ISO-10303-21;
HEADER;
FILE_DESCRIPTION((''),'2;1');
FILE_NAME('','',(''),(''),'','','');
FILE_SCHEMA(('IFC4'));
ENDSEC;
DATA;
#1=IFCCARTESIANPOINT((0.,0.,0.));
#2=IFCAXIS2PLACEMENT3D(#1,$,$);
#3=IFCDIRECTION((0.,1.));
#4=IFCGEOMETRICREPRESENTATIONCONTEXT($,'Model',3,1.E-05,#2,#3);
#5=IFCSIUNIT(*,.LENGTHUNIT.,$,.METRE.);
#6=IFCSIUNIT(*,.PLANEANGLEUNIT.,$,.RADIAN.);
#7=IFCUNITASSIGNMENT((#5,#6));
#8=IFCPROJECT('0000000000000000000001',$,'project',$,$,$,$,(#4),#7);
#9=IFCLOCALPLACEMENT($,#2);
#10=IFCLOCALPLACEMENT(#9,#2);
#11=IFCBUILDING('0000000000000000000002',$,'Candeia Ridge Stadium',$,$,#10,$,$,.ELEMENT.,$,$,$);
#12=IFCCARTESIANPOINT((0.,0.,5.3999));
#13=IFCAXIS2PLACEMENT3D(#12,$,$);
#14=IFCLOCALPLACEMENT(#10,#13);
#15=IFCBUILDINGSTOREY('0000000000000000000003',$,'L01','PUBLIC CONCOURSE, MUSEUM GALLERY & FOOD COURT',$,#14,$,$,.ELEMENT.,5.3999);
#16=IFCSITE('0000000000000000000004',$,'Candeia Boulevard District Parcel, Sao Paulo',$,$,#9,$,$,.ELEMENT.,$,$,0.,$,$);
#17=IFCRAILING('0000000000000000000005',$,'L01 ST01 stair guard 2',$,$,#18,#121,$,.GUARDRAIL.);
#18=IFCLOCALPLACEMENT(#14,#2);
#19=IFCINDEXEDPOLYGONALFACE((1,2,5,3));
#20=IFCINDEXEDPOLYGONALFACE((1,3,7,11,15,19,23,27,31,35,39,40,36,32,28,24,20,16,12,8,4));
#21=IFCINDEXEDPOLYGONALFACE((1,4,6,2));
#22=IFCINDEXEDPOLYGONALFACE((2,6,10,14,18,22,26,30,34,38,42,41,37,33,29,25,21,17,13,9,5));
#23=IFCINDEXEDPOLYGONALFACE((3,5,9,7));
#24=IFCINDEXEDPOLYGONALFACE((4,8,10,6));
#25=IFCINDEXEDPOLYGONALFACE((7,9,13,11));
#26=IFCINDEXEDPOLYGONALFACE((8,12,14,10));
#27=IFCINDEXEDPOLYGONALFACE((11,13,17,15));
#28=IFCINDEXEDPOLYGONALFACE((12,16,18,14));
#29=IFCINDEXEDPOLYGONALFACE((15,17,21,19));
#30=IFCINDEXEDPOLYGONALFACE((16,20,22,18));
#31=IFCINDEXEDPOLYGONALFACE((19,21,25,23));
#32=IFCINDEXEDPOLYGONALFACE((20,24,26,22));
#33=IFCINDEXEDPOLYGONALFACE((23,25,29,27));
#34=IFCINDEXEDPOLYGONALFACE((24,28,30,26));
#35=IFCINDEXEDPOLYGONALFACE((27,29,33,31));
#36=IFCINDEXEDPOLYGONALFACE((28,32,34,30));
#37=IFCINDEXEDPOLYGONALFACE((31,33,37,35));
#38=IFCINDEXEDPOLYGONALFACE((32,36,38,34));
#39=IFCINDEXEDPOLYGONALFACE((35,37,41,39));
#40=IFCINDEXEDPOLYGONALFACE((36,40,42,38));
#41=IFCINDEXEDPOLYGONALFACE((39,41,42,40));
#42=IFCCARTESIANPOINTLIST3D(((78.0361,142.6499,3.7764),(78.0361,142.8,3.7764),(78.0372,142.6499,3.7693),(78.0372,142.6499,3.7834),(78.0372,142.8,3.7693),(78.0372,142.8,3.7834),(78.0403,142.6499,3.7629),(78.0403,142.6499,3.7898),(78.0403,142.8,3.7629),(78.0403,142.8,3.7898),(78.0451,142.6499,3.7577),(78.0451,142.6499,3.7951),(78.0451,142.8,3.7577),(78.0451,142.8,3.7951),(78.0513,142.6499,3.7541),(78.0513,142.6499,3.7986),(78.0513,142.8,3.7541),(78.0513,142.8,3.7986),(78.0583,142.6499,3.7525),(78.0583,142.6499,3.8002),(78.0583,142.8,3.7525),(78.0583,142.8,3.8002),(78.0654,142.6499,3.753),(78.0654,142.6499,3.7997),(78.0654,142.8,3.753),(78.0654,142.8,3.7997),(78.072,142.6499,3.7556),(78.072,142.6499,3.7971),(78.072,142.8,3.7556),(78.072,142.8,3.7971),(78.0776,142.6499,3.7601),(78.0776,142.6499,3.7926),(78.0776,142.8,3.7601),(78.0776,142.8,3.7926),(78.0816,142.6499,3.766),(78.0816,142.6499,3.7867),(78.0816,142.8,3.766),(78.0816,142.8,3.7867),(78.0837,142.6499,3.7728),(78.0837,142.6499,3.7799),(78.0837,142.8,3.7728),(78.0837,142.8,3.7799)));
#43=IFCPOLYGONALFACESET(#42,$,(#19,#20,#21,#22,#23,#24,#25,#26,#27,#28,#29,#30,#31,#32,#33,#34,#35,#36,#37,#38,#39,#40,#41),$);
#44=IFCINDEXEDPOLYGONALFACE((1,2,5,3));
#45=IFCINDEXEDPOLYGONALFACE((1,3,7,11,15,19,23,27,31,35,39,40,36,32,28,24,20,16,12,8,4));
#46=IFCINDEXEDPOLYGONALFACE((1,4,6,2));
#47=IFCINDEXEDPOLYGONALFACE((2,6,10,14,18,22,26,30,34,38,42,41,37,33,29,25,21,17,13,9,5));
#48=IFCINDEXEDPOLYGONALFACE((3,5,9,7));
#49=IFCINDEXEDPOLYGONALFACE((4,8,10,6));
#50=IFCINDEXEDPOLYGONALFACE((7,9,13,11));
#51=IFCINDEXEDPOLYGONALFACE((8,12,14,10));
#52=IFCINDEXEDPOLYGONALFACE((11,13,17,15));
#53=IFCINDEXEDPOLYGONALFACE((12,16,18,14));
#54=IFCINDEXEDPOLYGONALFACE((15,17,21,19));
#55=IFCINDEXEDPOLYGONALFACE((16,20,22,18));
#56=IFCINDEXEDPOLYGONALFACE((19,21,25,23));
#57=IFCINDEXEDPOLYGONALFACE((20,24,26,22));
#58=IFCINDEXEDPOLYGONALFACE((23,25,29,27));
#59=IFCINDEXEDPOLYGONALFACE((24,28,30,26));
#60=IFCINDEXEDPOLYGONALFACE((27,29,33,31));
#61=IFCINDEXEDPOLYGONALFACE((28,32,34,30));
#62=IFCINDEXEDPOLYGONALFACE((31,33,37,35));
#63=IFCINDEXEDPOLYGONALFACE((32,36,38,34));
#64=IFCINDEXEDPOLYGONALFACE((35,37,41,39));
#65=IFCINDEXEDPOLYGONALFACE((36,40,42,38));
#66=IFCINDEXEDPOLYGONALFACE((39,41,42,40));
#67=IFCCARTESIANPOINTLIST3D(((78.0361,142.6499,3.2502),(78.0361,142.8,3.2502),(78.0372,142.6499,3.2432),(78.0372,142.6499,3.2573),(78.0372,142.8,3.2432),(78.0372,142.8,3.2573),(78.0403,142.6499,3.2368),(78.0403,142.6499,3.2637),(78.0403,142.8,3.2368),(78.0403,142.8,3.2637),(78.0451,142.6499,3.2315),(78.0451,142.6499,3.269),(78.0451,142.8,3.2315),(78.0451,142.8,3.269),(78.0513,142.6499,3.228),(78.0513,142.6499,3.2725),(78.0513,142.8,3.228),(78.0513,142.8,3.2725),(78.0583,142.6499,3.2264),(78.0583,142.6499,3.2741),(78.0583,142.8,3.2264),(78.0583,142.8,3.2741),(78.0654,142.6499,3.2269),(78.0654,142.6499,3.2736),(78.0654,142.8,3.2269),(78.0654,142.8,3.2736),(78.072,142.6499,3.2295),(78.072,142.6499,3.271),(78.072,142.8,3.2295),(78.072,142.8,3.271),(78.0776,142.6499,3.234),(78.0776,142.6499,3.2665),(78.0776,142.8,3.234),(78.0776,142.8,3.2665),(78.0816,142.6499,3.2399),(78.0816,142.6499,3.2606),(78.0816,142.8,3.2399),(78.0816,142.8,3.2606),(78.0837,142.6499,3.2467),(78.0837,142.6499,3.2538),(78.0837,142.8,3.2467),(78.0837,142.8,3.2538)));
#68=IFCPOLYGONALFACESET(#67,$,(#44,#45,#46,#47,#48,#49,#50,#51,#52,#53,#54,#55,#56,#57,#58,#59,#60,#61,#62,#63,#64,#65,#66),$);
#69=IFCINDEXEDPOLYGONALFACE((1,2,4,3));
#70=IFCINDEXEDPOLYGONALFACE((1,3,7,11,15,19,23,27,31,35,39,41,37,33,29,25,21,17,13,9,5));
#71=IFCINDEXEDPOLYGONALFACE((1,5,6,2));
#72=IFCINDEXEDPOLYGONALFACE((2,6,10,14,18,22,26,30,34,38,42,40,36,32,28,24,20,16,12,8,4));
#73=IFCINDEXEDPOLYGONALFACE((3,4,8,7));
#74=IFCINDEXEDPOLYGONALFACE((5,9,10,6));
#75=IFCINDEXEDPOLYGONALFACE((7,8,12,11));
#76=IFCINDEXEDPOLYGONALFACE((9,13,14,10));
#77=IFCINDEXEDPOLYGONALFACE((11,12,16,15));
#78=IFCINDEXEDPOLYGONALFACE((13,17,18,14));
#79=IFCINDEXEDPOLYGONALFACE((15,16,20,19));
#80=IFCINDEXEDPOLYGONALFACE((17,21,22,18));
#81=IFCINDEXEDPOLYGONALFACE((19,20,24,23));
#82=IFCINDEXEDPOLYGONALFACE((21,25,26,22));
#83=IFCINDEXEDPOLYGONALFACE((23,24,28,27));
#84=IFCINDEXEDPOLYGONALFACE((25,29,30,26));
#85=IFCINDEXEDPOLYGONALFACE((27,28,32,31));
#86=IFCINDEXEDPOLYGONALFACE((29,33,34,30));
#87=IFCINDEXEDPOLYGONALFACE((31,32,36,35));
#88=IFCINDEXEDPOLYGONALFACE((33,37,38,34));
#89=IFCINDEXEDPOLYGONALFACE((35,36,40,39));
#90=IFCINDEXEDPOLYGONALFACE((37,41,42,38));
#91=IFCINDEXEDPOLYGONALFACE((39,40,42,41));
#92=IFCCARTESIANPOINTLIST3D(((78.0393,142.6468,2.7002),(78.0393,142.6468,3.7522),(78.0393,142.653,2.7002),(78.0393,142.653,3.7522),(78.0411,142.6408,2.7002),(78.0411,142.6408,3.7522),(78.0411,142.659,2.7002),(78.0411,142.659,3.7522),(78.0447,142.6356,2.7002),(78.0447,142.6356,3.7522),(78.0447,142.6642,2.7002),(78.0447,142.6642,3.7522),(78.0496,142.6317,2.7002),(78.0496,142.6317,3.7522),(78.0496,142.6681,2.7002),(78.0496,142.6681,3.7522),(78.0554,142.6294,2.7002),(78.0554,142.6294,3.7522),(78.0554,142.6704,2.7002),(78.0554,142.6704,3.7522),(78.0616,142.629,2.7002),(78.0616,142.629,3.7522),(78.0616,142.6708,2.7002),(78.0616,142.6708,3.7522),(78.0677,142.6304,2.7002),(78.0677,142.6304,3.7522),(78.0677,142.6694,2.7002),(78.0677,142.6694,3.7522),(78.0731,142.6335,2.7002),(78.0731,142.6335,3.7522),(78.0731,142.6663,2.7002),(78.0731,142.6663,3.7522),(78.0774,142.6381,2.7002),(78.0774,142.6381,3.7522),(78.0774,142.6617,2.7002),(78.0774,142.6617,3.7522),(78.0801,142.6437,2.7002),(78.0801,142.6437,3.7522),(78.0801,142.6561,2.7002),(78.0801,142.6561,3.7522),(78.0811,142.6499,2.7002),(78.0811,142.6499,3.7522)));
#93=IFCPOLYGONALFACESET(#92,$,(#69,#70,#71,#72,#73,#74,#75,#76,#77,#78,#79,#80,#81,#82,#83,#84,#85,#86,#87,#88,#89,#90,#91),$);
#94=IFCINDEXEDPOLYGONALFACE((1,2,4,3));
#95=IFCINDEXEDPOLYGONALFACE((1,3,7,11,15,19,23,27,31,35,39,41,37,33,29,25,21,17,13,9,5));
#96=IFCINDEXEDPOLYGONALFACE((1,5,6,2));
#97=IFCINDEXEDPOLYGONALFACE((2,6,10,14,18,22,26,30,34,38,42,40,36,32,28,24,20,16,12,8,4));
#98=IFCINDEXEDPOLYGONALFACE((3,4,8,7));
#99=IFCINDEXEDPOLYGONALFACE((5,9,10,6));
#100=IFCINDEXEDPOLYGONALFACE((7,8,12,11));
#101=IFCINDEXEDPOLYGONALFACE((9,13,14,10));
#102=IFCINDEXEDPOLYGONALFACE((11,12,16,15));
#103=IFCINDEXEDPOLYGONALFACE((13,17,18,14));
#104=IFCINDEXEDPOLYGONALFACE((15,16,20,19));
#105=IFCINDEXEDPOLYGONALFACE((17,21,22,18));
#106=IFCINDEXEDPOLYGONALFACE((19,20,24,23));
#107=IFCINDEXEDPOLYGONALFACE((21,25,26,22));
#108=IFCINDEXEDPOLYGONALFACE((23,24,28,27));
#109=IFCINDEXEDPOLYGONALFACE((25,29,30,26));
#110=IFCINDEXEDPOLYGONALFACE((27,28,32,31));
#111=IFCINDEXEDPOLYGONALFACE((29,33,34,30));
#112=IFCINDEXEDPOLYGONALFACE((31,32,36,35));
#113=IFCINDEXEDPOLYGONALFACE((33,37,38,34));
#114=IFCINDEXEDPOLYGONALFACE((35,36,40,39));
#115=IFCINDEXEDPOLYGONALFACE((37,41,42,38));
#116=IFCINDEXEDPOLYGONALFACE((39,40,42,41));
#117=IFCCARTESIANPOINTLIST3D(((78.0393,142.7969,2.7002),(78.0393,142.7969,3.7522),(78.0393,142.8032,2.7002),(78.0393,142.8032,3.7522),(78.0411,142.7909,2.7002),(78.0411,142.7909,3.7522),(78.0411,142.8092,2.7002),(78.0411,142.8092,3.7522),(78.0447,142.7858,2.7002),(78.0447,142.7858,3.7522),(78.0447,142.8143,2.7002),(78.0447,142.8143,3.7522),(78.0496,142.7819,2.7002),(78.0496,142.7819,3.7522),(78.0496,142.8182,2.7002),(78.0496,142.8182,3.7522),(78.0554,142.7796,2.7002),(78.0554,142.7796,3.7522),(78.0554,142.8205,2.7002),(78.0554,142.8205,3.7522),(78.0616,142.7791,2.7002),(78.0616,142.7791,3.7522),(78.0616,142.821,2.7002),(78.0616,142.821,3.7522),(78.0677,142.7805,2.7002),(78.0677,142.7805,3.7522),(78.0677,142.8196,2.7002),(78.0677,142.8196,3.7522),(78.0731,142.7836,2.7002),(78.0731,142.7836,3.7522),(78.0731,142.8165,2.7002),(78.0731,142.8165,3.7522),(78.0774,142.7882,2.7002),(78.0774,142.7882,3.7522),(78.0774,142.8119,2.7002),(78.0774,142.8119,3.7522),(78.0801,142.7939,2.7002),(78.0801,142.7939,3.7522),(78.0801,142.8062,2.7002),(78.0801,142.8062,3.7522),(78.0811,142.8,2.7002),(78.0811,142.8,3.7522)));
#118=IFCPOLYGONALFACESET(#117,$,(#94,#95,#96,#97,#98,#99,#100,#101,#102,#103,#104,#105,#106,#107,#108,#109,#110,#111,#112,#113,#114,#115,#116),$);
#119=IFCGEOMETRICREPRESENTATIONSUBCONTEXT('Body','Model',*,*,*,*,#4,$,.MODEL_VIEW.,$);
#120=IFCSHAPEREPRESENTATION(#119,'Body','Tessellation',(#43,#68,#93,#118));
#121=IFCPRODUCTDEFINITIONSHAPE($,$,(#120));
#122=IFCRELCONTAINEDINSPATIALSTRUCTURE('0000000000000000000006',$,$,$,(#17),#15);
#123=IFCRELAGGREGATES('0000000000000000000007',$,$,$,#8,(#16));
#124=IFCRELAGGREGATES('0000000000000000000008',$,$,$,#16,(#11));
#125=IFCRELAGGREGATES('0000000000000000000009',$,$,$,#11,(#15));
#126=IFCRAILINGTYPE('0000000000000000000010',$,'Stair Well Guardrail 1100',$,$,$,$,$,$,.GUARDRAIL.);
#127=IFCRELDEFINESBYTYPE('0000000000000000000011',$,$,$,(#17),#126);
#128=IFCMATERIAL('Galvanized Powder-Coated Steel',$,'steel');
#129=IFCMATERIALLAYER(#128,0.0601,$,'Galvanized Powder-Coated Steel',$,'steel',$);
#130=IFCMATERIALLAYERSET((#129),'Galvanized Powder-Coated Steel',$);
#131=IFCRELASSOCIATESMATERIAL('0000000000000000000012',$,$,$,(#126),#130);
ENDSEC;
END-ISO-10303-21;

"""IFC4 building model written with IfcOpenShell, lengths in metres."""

from ifc_helpers import new_model, si_unit, direction, frame, origin, origin_2d, place, context, subcontext, project, spatial, circle, extrude, material, layer, layer_set, type_object, element, save


model = new_model("IFC4")

# Units and contexts
model_context = context("Model", 3, precision=1e-05, world=origin(), true_north=direction((0.0, 1.0)))
body_context = subcontext(model_context, "Body", "Model", "MODEL_VIEW")
ifc_project = project(units=[si_unit("LENGTHUNIT", "METRE"), si_unit("PLANEANGLEUNIT", "RADIAN")], contexts=[model_context])

# Site, building, storey
site_placement = place(None, origin())
site = spatial("IfcSite", under=ifc_project, at=site_placement, Name="Candeia Boulevard District Parcel, Sao Paulo", CompositionType="ELEMENT", RefElevation=0.0)
building_placement = place(site_placement, origin())
building = spatial("IfcBuilding", under=site, at=building_placement, Name="Candeia Ridge Stadium", CompositionType="ELEMENT")
storey_placement = place(building_placement, frame((0.0, 0.0, 5.3999)))
storey = spatial("IfcBuildingStorey", under=building, at=storey_placement, Name="L01", Description="PUBLIC CONCOURSE, MUSEUM GALLERY & FOOD COURT", CompositionType="ELEMENT", Elevation=5.3999)

# Railing
ifc_material_1 = material(Name="Galvanized Powder-Coated Steel", Category="steel")
ifc_layer_1 = layer(ifc_material_1, 0.0601, Name="Galvanized Powder-Coated Steel", Category="steel")
ifc_layer_set_1 = layer_set([ifc_layer_1], Name="Galvanized Powder-Coated Steel")
railing_type_1 = type_object("IfcRailingType", Name="Stair Well Guardrail 1100", PredefinedType="GUARDRAIL", material=ifc_layer_set_1)
railing_1_placement = place(storey_placement, frame((78.0601, 142.6499, 2.7002)))
element("IfcRailing", 1, at=railing_1_placement, inside=storey, type_object=railing_type_1, Name="L01 ST01 stair guard 2", PredefinedType="GUARDRAIL", context=body_context, shape_type="SweptSolid", body=[
    extrude(circle(Radius=0.0239, at=origin_2d()), frame((0.0, 0.0, 1.0762), z_axis=(0.0, 1.0, 0.0), x_axis=(-1.0, 0.0, 0.0)), (0.0, 0.0, 1.0), 0.1501),
    extrude(circle(Radius=0.0239, at=origin_2d()), frame((0.0, 0.0, 0.55), z_axis=(0.0, 1.0, 0.0), x_axis=(-1.0, 0.0, 0.0)), (0.0, 0.0, 1.0), 0.1501),
    extrude(circle(Radius=0.021, at=origin_2d()), origin(), (0.0, 0.0, 1.0), 1.052),
    extrude(circle(Radius=0.021, at=origin_2d()), frame((0.0, 0.1501, 0.0)), (0.0, 0.0, 1.0), 1.052),
])

save(model, "model.ifc")
